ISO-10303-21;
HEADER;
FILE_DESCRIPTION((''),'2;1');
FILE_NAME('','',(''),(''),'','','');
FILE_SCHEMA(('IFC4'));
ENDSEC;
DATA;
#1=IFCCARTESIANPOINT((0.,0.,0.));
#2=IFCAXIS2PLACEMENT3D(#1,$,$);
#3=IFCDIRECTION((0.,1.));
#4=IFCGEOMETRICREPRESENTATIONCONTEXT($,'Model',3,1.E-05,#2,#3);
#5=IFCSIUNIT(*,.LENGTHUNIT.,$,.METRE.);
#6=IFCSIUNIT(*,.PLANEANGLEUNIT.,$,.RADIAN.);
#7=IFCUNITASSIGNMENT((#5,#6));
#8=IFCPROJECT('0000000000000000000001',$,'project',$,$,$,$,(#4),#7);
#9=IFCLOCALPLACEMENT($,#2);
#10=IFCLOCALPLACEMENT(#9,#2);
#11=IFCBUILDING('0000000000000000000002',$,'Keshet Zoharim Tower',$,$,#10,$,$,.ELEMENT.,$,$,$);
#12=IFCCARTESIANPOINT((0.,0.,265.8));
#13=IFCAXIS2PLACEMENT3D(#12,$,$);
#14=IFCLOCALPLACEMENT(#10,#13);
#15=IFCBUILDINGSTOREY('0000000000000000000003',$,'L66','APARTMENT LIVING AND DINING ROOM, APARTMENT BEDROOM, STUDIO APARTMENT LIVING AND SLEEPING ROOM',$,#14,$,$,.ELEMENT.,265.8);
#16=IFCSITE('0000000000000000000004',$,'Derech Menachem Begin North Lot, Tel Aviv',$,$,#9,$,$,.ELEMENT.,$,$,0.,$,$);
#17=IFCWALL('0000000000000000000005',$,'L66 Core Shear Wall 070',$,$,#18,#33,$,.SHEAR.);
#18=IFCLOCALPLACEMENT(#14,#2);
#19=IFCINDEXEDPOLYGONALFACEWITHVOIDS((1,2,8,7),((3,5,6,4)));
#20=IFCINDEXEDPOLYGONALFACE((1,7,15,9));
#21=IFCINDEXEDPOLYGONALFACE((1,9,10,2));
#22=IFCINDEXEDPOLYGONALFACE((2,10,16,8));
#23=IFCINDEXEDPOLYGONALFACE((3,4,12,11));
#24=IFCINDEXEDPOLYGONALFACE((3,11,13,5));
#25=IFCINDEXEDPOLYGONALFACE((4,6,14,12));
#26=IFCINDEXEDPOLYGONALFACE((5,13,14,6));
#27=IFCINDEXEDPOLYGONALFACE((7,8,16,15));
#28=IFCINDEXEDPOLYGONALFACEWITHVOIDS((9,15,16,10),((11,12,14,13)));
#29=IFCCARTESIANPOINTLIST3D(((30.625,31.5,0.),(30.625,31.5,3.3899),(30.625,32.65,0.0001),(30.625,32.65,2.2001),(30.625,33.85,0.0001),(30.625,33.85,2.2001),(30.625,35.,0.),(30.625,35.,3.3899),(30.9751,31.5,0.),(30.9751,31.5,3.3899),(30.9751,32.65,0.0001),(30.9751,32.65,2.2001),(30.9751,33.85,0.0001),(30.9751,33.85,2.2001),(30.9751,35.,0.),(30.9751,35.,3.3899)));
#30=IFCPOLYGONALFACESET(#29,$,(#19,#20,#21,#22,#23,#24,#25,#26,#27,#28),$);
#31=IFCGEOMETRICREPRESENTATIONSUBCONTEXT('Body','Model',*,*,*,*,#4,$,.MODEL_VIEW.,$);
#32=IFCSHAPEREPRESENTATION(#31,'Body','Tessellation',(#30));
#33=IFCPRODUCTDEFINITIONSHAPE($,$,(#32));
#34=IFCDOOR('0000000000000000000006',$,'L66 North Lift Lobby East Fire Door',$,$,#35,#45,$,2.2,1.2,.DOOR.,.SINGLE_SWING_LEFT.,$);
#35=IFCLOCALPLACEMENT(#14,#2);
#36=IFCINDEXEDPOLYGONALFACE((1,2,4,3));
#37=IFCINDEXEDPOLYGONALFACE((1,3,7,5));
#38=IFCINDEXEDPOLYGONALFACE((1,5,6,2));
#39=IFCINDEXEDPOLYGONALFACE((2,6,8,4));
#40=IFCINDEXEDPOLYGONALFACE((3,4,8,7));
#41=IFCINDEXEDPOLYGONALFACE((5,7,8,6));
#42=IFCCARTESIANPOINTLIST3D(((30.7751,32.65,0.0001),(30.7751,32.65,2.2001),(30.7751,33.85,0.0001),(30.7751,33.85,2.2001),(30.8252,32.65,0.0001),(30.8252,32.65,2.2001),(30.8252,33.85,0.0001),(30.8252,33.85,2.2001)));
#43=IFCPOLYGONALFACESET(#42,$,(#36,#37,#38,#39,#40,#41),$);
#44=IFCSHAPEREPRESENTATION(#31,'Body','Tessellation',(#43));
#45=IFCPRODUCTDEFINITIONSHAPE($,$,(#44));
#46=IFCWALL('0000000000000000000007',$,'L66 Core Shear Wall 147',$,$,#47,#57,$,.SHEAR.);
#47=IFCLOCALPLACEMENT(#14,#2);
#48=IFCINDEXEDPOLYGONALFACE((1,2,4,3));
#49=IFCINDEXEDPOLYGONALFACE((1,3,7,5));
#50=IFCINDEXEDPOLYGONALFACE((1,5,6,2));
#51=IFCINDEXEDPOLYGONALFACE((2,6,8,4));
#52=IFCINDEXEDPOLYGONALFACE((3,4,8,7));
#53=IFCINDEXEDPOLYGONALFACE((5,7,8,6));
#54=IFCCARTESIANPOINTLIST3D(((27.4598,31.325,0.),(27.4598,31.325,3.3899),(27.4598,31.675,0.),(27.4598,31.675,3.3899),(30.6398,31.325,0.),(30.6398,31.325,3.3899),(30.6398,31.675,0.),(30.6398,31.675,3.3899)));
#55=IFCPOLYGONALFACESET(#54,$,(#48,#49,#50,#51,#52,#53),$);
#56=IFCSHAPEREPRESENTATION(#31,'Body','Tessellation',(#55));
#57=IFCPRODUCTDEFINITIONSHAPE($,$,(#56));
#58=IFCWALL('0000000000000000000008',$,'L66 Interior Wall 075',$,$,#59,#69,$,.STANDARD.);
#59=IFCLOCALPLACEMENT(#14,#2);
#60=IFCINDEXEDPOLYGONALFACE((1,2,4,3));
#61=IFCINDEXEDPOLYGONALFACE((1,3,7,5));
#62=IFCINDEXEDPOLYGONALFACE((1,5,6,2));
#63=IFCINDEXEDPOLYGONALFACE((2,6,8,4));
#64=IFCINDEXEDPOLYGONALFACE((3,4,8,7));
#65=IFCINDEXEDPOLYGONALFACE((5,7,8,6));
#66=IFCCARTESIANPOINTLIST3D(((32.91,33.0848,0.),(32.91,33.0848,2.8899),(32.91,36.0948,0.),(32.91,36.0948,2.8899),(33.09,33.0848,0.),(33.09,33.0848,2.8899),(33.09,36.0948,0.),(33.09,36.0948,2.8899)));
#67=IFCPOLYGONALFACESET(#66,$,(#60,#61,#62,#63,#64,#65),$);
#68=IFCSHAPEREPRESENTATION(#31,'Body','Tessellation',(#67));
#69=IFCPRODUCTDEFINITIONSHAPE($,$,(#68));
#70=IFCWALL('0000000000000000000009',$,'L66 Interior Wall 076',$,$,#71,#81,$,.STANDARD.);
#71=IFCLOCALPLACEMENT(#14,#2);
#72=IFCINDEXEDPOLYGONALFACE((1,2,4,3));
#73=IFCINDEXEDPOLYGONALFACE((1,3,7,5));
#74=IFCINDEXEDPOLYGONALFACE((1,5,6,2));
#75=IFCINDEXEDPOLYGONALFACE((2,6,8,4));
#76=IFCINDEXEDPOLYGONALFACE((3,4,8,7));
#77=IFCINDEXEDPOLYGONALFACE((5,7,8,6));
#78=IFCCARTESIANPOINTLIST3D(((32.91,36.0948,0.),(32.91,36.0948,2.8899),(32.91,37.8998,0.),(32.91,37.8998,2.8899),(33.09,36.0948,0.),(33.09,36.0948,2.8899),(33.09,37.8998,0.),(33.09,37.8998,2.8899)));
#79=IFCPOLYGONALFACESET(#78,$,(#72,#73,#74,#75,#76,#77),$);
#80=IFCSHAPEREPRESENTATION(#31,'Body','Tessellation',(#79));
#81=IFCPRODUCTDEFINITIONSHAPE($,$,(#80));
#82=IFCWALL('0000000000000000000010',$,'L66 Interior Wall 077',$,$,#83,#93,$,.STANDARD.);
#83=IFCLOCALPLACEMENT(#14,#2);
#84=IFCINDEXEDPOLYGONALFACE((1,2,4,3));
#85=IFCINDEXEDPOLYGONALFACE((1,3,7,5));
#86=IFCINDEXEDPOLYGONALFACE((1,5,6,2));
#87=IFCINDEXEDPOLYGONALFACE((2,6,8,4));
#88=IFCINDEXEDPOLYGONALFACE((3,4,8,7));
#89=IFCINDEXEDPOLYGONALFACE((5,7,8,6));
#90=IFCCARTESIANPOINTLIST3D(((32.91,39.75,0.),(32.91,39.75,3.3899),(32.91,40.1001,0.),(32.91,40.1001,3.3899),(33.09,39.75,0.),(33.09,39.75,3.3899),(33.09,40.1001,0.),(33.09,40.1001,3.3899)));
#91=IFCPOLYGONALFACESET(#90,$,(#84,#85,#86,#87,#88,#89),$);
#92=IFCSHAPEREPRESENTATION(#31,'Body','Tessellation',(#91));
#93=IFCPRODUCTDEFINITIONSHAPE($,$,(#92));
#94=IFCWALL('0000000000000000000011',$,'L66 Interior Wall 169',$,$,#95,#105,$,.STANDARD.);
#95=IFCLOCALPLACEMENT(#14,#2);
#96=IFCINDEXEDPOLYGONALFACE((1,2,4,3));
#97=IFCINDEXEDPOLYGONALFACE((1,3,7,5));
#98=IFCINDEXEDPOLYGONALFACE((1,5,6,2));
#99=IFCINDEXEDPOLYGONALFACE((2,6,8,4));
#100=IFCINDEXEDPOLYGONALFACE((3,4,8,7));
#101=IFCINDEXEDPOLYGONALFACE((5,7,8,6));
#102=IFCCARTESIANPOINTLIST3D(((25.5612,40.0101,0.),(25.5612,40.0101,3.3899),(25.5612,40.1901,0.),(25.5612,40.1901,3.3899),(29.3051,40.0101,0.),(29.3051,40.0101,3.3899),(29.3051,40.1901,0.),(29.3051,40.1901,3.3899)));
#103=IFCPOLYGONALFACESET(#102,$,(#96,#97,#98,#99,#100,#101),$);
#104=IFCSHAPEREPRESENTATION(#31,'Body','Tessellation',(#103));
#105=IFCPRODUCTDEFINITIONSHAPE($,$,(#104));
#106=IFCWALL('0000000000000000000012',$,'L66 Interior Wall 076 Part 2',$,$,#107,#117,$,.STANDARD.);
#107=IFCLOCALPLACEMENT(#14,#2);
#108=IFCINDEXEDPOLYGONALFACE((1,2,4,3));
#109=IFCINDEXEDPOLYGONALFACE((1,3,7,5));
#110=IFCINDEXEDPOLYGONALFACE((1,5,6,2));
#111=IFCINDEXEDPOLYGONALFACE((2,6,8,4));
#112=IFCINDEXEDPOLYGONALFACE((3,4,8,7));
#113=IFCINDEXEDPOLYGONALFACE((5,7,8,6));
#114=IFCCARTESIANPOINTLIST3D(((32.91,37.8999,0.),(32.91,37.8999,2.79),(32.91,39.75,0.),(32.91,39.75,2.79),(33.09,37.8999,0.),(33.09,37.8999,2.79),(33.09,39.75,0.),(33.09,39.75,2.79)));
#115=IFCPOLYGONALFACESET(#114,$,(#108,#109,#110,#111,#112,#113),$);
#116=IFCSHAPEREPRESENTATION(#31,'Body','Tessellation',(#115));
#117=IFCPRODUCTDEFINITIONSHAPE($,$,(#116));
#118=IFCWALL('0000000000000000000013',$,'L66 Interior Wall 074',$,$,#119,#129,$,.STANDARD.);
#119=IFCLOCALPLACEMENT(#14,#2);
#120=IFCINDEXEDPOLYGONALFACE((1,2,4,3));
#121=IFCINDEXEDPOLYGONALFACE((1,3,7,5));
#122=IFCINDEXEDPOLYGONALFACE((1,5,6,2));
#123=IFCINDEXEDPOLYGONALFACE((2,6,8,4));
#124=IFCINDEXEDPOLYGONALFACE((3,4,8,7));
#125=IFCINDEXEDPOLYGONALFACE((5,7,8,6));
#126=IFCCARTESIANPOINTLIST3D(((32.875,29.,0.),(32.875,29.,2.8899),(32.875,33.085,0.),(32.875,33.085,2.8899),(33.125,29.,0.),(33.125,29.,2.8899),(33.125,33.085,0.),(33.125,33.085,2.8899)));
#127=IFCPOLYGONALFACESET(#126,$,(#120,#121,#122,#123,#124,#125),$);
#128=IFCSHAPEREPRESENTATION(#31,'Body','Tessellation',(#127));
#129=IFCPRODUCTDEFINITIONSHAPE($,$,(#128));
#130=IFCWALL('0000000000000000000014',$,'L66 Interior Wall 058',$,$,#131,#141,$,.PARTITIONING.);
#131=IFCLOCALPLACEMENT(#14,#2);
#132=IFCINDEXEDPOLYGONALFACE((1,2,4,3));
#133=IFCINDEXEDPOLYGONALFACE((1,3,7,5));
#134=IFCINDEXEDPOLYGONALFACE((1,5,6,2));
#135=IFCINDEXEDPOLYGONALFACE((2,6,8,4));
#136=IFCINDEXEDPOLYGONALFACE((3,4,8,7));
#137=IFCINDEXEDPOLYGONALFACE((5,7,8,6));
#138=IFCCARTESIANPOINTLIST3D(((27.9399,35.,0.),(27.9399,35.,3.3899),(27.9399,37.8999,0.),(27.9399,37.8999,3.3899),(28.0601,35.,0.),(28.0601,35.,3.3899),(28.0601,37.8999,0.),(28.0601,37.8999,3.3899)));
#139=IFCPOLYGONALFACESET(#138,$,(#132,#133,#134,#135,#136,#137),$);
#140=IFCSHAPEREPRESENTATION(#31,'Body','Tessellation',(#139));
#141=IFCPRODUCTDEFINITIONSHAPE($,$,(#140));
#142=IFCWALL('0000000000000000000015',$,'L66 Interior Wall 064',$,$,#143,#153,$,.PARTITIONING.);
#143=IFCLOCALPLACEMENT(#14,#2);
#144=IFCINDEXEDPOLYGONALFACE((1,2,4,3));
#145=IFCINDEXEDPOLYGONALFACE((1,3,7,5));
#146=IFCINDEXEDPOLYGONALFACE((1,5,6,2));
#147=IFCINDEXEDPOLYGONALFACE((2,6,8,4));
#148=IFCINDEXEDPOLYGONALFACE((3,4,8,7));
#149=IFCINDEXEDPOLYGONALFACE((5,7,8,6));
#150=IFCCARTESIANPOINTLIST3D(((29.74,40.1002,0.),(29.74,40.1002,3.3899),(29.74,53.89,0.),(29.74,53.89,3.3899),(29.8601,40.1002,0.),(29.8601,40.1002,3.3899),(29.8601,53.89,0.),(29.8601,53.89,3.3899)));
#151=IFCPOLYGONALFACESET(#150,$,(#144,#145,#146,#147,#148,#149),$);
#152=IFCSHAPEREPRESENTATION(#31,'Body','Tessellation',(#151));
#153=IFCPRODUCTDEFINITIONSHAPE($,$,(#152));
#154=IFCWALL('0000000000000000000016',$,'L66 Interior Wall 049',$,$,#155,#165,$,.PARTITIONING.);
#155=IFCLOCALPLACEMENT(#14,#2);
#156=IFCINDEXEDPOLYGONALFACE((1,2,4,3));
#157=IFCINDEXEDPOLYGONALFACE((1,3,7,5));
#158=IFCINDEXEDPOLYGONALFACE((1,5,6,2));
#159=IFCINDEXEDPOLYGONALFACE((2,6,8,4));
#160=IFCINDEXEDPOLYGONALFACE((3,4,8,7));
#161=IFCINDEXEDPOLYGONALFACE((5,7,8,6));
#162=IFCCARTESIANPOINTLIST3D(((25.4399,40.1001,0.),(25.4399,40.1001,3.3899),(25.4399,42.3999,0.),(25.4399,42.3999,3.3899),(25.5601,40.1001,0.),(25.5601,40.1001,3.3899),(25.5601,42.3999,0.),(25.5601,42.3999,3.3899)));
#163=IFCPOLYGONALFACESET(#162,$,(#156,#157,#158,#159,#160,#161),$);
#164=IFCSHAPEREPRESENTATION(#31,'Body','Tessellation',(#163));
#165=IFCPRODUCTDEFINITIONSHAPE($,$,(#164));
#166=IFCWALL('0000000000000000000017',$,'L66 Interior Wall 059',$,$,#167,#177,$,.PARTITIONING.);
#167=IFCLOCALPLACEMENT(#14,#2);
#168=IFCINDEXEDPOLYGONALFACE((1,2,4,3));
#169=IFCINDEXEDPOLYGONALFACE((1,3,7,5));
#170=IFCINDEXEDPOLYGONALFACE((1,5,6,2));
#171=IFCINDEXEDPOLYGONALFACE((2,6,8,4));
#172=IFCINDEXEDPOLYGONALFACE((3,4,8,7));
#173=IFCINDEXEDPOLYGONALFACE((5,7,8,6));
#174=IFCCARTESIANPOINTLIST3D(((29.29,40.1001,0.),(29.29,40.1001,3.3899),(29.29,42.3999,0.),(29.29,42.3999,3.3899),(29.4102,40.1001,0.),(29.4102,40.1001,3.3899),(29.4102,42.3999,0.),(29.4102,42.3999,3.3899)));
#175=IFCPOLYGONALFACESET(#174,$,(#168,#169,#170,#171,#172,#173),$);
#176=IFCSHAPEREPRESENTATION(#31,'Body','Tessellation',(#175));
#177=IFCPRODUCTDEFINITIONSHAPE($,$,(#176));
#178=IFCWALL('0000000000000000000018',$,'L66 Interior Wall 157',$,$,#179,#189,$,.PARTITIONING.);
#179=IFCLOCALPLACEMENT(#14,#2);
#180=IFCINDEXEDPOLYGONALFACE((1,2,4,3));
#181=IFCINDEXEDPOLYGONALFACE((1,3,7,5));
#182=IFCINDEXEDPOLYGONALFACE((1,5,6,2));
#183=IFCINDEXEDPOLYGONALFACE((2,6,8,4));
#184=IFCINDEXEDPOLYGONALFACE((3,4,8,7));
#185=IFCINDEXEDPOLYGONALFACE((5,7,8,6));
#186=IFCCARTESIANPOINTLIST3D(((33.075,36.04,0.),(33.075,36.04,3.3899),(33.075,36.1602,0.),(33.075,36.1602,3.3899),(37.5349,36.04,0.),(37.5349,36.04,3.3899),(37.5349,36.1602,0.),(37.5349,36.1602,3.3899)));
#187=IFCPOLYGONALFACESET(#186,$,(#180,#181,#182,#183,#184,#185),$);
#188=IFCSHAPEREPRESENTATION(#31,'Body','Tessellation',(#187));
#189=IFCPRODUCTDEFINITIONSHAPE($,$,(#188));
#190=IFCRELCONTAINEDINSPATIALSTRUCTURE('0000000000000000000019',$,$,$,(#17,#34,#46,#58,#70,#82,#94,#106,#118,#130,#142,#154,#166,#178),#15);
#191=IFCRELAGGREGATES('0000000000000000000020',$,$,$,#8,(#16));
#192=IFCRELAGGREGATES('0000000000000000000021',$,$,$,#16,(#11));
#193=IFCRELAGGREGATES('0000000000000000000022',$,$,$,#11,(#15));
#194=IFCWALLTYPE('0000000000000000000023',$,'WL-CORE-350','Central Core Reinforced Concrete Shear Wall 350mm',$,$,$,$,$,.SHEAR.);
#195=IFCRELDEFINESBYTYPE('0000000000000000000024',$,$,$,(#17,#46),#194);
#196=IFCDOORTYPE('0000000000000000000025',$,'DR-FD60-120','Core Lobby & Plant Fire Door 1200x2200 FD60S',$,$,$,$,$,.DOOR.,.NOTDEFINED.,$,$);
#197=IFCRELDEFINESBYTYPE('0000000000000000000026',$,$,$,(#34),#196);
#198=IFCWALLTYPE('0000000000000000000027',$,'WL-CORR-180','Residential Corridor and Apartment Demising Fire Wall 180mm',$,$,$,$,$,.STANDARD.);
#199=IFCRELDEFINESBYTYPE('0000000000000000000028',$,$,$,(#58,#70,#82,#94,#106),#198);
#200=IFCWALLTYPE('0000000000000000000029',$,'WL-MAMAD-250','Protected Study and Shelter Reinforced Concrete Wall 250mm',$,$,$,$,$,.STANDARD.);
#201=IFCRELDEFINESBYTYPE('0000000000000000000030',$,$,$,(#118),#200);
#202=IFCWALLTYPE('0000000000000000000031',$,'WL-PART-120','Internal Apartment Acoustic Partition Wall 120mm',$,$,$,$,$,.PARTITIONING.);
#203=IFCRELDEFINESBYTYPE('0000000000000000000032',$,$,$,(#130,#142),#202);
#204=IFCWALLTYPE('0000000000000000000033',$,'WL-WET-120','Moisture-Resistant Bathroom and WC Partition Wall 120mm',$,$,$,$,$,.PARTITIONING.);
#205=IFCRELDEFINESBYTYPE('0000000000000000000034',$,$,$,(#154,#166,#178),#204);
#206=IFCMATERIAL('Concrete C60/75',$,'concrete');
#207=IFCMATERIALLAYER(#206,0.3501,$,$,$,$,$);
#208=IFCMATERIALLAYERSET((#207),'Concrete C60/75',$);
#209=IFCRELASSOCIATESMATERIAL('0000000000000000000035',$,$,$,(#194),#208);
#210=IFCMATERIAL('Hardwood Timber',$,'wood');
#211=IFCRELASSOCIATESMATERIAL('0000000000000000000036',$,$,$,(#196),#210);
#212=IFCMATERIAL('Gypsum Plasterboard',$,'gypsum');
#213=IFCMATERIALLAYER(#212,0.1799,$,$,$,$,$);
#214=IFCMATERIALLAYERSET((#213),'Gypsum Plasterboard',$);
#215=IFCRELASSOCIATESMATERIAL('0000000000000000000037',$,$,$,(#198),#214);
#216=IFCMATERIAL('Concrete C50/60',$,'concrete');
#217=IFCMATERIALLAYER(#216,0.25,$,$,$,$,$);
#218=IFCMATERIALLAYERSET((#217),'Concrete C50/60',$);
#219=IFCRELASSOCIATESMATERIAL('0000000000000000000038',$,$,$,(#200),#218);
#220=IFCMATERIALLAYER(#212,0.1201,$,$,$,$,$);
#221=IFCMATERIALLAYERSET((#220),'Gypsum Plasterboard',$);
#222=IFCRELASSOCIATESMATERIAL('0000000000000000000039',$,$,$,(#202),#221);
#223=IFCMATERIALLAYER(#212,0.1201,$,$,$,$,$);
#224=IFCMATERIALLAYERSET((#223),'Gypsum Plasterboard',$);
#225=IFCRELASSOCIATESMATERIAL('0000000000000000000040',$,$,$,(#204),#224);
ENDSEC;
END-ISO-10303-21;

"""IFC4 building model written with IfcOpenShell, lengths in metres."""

from ifc_helpers import new_model, si_unit, direction, frame, frame_2d, origin, place, context, subcontext, project, spatial, rectangle, extrude, material, layer, layer_set, type_object, element, fill, save


model = new_model("IFC4")

# Units and contexts
model_context = context("Model", 3, precision=1e-05, world=origin(), true_north=direction((0.0, 1.0)))
body_context = subcontext(model_context, "Body", "Model", "MODEL_VIEW")
ifc_project = project(units=[si_unit("LENGTHUNIT", "METRE"), si_unit("PLANEANGLEUNIT", "RADIAN")], contexts=[model_context])

# Site, building, storey
site_placement = place(None, origin())
site = spatial("IfcSite", under=ifc_project, at=site_placement, Name="Derech Menachem Begin North Lot, Tel Aviv", CompositionType="ELEMENT", RefElevation=0.0)
building_placement = place(site_placement, origin())
building = spatial("IfcBuilding", under=site, at=building_placement, Name="Keshet Zoharim Tower", CompositionType="ELEMENT")
storey_placement = place(building_placement, frame((0.0, 0.0, 265.8)))
storey = spatial("IfcBuildingStorey", under=building, at=storey_placement, Name="L66", Description="APARTMENT LIVING AND DINING ROOM, APARTMENT BEDROOM, STUDIO APARTMENT LIVING AND SLEEPING ROOM", CompositionType="ELEMENT", Elevation=265.8)

# Shared definitions
ifc_material_1 = material(Name="Concrete C50/60", Category="concrete")

# Shared definitions
ifc_material_2 = material(Name="Gypsum Plasterboard", Category="gypsum")
ifc_material_3 = material(Name="Concrete C60/75", Category="concrete")
ifc_layer_1 = layer(ifc_material_3, 0.3501)
ifc_layer_set_1 = layer_set([ifc_layer_1], Name="Concrete C60/75")
wall_type_1 = type_object("IfcWallType", Name="WL-CORE-350", Description="Central Core Reinforced Concrete Shear Wall 350mm", PredefinedType="SHEAR", material=ifc_layer_set_1)

# Wall, opening, door
wall_1_placement = place(storey_placement, frame((30.8, 31.5, 0.0), z_axis=(0.0, 0.0, 1.0), x_axis=(0.0, 1.0, 0.0)))
wall_1 = element("IfcWall", 1, at=wall_1_placement, inside=storey, type_object=wall_type_1, Name="L66 Core Shear Wall 070", PredefinedType="SHEAR", context=body_context, shape_type="SweptSolid", body=[
    extrude(rectangle(XDim=3.5, YDim=0.3501, at=frame_2d((1.75, 0.0))), origin(), (0.0, 0.0, 1.0), 3.3899),
])
opening_1_placement = place(wall_1_placement, frame((1.1499, 0.0, 0.0)))
opening_1 = element("IfcOpeningElement", 2, at=opening_1_placement, cuts=wall_1, PredefinedType="OPENING", context=body_context, shape_type="SweptSolid", body=[
    extrude(rectangle(XDim=1.2, YDim=2.2, at=frame_2d((0.6001, 1.1001))), frame((0.0, 0.1851, 0.0), z_axis=(0.0, -1.0, 0.0), x_axis=(1.0, 0.0, 0.0)), (0.0, 0.0, 1.0), 0.3701),
])
ifc_material_4 = material(Name="Hardwood Timber", Category="wood")
door_type_1 = type_object("IfcDoorType", Name="DR-FD60-120", Description="Core Lobby & Plant Fire Door 1200x2200 FD60S", OperationType="NOTDEFINED", PredefinedType="DOOR", material=ifc_material_4)
door_1_placement = place(opening_1_placement, origin())
door_1 = element("IfcDoor", 3, at=door_1_placement, inside=storey, type_object=door_type_1, Name="L66 North Lift Lobby East Fire Door", OperationType="SINGLE_SWING_LEFT", OverallHeight=2.2, OverallWidth=1.2, PredefinedType="DOOR", context=body_context, shape_type="SweptSolid", body=[
    extrude(rectangle(XDim=1.2, YDim=2.2, at=frame_2d((0.6001, 1.1001))), frame((0.0, 0.0249, 0.0), z_axis=(0.0, -1.0, 0.0), x_axis=(1.0, 0.0, 0.0)), (0.0, 0.0, 1.0), 0.05),
])
fill(opening_1, door_1)

# Wall
wall_2_placement = place(storey_placement, frame((27.46, 31.5, 0.0), z_axis=(0.0, 0.0, 1.0), x_axis=(1.0, 0.0, 0.0)))
element("IfcWall", 4, at=wall_2_placement, inside=storey, type_object=wall_type_1, Name="L66 Core Shear Wall 147", PredefinedType="SHEAR", context=body_context, shape_type="SweptSolid", body=[
    extrude(rectangle(XDim=3.1799, YDim=0.3501, at=frame_2d((1.5898, 0.0))), origin(), (0.0, 0.0, 1.0), 3.3899),
])

# Walls
ifc_layer_2 = layer(ifc_material_2, 0.1799)
ifc_layer_set_2 = layer_set([ifc_layer_2], Name="Gypsum Plasterboard")
wall_type_2 = type_object("IfcWallType", Name="WL-CORR-180", Description="Residential Corridor and Apartment Demising Fire Wall 180mm", PredefinedType="STANDARD", material=ifc_layer_set_2)
wall_3_placement = place(storey_placement, frame((33.0, 33.085, 0.0), z_axis=(0.0, 0.0, 1.0), x_axis=(0.0, 1.0, 0.0)))
element("IfcWall", 5, at=wall_3_placement, inside=storey, type_object=wall_type_2, Name="L66 Interior Wall 075", PredefinedType="STANDARD", context=body_context, shape_type="SweptSolid", body=[
    extrude(rectangle(XDim=3.01, YDim=0.1799, at=frame_2d((1.5049, 0.0))), origin(), (0.0, 0.0, 1.0), 2.8899),
])
wall_4_placement = place(storey_placement, frame((33.0, 36.095, 0.0), z_axis=(0.0, 0.0, 1.0), x_axis=(0.0, 1.0, 0.0)))
element("IfcWall", 6, at=wall_4_placement, inside=storey, type_object=wall_type_2, Name="L66 Interior Wall 076", PredefinedType="STANDARD", context=body_context, shape_type="SweptSolid", body=[
    extrude(rectangle(XDim=1.8049, YDim=0.1799, at=frame_2d((0.9023, 0.0))), origin(), (0.0, 0.0, 1.0), 2.8899),
])
wall_5_placement = place(storey_placement, frame((33.0, 39.75, 0.0), z_axis=(0.0, 0.0, 1.0), x_axis=(0.0, 1.0, 0.0)))
element("IfcWall", 7, at=wall_5_placement, inside=storey, type_object=wall_type_2, Name="L66 Interior Wall 077", PredefinedType="STANDARD", context=body_context, shape_type="SweptSolid", body=[
    extrude(rectangle(XDim=0.3501, YDim=0.1799, at=frame_2d((0.175, 0.0))), origin(), (0.0, 0.0, 1.0), 3.3899),
])
wall_6_placement = place(storey_placement, frame((25.561, 40.1001, 0.0), z_axis=(0.0, 0.0, 1.0), x_axis=(1.0, 0.0, 0.0)))
element("IfcWall", 8, at=wall_6_placement, inside=storey, type_object=wall_type_2, Name="L66 Interior Wall 169", PredefinedType="STANDARD", context=body_context, shape_type="SweptSolid", body=[
    extrude(rectangle(XDim=3.7439, YDim=0.1799, at=frame_2d((1.8721, 0.0))), origin(), (0.0, 0.0, 1.0), 3.3899),
])

# Walls
wall_7_placement = place(storey_placement, frame((33.0, 37.8999, 0.0), z_axis=(0.0, 0.0, 1.0), x_axis=(0.0, 1.0, 0.0)))
element("IfcWall", 9, at=wall_7_placement, inside=storey, type_object=wall_type_2, Name="L66 Interior Wall 076 Part 2", PredefinedType="STANDARD", context=body_context, shape_type="SweptSolid", body=[
    extrude(rectangle(XDim=1.8501, YDim=0.1799, at=frame_2d((0.925, 0.0))), origin(), (0.0, 0.0, 1.0), 2.79),
])
ifc_layer_3 = layer(ifc_material_1, 0.25)
ifc_layer_set_3 = layer_set([ifc_layer_3], Name="Concrete C50/60")
wall_type_3 = type_object("IfcWallType", Name="WL-MAMAD-250", Description="Protected Study and Shelter Reinforced Concrete Wall 250mm", PredefinedType="STANDARD", material=ifc_layer_set_3)
wall_8_placement = place(storey_placement, frame((33.0, 29.0, 0.0), z_axis=(0.0, 0.0, 1.0), x_axis=(0.0, 1.0, 0.0)))
element("IfcWall", 10, at=wall_8_placement, inside=storey, type_object=wall_type_3, Name="L66 Interior Wall 074", PredefinedType="STANDARD", context=body_context, shape_type="SweptSolid", body=[
    extrude(rectangle(XDim=4.085, YDim=0.25, at=frame_2d((2.0425, 0.0))), origin(), (0.0, 0.0, 1.0), 2.8899),
])
ifc_layer_4 = layer(ifc_material_2, 0.1201)
ifc_layer_set_4 = layer_set([ifc_layer_4], Name="Gypsum Plasterboard")
wall_type_4 = type_object("IfcWallType", Name="WL-PART-120", Description="Internal Apartment Acoustic Partition Wall 120mm", PredefinedType="PARTITIONING", material=ifc_layer_set_4)
wall_9_placement = place(storey_placement, frame((28.0, 35.0, 0.0), z_axis=(0.0, 0.0, 1.0), x_axis=(0.0, 1.0, 0.0)))
element("IfcWall", 11, at=wall_9_placement, inside=storey, type_object=wall_type_4, Name="L66 Interior Wall 058", PredefinedType="PARTITIONING", context=body_context, shape_type="SweptSolid", body=[
    extrude(rectangle(XDim=2.8999, YDim=0.1201, at=frame_2d((1.45, 0.0))), origin(), (0.0, 0.0, 1.0), 3.3899),
])
wall_10_placement = place(storey_placement, frame((29.8, 40.1001, 0.0), z_axis=(0.0, 0.0, 1.0), x_axis=(0.0, 1.0, 0.0)))
element("IfcWall", 12, at=wall_10_placement, inside=storey, type_object=wall_type_4, Name="L66 Interior Wall 064", PredefinedType="PARTITIONING", context=body_context, shape_type="SweptSolid", body=[
    extrude(rectangle(XDim=13.7898, YDim=0.1201, at=frame_2d((6.895, 0.0))), origin(), (0.0, 0.0, 1.0), 3.3899),
])
ifc_layer_5 = layer(ifc_material_2, 0.1201)
ifc_layer_set_5 = layer_set([ifc_layer_5], Name="Gypsum Plasterboard")
wall_type_5 = type_object("IfcWallType", Name="WL-WET-120", Description="Moisture-Resistant Bathroom and WC Partition Wall 120mm", PredefinedType="PARTITIONING", material=ifc_layer_set_5)
for number, where, z_axis, x_axis, name in (
    (13, (25.5, 40.1001, 0.0), (0.0, 0.0, 1.0), (0.0, 1.0, 0.0), "L66 Interior Wall 049"),
    (14, (29.3501, 40.1001, 0.0), (0.0, 0.0, 1.0), (0.0, 1.0, 0.0), "L66 Interior Wall 059"),
):
    element("IfcWall", number, at=place(storey_placement, frame(where, z_axis=z_axis, x_axis=x_axis)), inside=storey, type_object=wall_type_5, Name=name, PredefinedType="PARTITIONING", context=body_context, shape_type="SweptSolid", body=[
        extrude(rectangle(XDim=2.2998, YDim=0.1201, at=frame_2d((1.1499, 0.0))), origin(), (0.0, 0.0, 1.0), 3.3899),
    ])
wall_11_placement = place(storey_placement, frame((33.075, 36.1001, 0.0), z_axis=(0.0, 0.0, 1.0), x_axis=(1.0, 0.0, 0.0)))
element("IfcWall", 15, at=wall_11_placement, inside=storey, type_object=wall_type_5, Name="L66 Interior Wall 157", PredefinedType="PARTITIONING", context=body_context, shape_type="SweptSolid", body=[
    extrude(rectangle(XDim=4.46, YDim=0.1201, at=frame_2d((2.23, 0.0))), origin(), (0.0, 0.0, 1.0), 3.3899),
])

save(model, "model.ifc")
